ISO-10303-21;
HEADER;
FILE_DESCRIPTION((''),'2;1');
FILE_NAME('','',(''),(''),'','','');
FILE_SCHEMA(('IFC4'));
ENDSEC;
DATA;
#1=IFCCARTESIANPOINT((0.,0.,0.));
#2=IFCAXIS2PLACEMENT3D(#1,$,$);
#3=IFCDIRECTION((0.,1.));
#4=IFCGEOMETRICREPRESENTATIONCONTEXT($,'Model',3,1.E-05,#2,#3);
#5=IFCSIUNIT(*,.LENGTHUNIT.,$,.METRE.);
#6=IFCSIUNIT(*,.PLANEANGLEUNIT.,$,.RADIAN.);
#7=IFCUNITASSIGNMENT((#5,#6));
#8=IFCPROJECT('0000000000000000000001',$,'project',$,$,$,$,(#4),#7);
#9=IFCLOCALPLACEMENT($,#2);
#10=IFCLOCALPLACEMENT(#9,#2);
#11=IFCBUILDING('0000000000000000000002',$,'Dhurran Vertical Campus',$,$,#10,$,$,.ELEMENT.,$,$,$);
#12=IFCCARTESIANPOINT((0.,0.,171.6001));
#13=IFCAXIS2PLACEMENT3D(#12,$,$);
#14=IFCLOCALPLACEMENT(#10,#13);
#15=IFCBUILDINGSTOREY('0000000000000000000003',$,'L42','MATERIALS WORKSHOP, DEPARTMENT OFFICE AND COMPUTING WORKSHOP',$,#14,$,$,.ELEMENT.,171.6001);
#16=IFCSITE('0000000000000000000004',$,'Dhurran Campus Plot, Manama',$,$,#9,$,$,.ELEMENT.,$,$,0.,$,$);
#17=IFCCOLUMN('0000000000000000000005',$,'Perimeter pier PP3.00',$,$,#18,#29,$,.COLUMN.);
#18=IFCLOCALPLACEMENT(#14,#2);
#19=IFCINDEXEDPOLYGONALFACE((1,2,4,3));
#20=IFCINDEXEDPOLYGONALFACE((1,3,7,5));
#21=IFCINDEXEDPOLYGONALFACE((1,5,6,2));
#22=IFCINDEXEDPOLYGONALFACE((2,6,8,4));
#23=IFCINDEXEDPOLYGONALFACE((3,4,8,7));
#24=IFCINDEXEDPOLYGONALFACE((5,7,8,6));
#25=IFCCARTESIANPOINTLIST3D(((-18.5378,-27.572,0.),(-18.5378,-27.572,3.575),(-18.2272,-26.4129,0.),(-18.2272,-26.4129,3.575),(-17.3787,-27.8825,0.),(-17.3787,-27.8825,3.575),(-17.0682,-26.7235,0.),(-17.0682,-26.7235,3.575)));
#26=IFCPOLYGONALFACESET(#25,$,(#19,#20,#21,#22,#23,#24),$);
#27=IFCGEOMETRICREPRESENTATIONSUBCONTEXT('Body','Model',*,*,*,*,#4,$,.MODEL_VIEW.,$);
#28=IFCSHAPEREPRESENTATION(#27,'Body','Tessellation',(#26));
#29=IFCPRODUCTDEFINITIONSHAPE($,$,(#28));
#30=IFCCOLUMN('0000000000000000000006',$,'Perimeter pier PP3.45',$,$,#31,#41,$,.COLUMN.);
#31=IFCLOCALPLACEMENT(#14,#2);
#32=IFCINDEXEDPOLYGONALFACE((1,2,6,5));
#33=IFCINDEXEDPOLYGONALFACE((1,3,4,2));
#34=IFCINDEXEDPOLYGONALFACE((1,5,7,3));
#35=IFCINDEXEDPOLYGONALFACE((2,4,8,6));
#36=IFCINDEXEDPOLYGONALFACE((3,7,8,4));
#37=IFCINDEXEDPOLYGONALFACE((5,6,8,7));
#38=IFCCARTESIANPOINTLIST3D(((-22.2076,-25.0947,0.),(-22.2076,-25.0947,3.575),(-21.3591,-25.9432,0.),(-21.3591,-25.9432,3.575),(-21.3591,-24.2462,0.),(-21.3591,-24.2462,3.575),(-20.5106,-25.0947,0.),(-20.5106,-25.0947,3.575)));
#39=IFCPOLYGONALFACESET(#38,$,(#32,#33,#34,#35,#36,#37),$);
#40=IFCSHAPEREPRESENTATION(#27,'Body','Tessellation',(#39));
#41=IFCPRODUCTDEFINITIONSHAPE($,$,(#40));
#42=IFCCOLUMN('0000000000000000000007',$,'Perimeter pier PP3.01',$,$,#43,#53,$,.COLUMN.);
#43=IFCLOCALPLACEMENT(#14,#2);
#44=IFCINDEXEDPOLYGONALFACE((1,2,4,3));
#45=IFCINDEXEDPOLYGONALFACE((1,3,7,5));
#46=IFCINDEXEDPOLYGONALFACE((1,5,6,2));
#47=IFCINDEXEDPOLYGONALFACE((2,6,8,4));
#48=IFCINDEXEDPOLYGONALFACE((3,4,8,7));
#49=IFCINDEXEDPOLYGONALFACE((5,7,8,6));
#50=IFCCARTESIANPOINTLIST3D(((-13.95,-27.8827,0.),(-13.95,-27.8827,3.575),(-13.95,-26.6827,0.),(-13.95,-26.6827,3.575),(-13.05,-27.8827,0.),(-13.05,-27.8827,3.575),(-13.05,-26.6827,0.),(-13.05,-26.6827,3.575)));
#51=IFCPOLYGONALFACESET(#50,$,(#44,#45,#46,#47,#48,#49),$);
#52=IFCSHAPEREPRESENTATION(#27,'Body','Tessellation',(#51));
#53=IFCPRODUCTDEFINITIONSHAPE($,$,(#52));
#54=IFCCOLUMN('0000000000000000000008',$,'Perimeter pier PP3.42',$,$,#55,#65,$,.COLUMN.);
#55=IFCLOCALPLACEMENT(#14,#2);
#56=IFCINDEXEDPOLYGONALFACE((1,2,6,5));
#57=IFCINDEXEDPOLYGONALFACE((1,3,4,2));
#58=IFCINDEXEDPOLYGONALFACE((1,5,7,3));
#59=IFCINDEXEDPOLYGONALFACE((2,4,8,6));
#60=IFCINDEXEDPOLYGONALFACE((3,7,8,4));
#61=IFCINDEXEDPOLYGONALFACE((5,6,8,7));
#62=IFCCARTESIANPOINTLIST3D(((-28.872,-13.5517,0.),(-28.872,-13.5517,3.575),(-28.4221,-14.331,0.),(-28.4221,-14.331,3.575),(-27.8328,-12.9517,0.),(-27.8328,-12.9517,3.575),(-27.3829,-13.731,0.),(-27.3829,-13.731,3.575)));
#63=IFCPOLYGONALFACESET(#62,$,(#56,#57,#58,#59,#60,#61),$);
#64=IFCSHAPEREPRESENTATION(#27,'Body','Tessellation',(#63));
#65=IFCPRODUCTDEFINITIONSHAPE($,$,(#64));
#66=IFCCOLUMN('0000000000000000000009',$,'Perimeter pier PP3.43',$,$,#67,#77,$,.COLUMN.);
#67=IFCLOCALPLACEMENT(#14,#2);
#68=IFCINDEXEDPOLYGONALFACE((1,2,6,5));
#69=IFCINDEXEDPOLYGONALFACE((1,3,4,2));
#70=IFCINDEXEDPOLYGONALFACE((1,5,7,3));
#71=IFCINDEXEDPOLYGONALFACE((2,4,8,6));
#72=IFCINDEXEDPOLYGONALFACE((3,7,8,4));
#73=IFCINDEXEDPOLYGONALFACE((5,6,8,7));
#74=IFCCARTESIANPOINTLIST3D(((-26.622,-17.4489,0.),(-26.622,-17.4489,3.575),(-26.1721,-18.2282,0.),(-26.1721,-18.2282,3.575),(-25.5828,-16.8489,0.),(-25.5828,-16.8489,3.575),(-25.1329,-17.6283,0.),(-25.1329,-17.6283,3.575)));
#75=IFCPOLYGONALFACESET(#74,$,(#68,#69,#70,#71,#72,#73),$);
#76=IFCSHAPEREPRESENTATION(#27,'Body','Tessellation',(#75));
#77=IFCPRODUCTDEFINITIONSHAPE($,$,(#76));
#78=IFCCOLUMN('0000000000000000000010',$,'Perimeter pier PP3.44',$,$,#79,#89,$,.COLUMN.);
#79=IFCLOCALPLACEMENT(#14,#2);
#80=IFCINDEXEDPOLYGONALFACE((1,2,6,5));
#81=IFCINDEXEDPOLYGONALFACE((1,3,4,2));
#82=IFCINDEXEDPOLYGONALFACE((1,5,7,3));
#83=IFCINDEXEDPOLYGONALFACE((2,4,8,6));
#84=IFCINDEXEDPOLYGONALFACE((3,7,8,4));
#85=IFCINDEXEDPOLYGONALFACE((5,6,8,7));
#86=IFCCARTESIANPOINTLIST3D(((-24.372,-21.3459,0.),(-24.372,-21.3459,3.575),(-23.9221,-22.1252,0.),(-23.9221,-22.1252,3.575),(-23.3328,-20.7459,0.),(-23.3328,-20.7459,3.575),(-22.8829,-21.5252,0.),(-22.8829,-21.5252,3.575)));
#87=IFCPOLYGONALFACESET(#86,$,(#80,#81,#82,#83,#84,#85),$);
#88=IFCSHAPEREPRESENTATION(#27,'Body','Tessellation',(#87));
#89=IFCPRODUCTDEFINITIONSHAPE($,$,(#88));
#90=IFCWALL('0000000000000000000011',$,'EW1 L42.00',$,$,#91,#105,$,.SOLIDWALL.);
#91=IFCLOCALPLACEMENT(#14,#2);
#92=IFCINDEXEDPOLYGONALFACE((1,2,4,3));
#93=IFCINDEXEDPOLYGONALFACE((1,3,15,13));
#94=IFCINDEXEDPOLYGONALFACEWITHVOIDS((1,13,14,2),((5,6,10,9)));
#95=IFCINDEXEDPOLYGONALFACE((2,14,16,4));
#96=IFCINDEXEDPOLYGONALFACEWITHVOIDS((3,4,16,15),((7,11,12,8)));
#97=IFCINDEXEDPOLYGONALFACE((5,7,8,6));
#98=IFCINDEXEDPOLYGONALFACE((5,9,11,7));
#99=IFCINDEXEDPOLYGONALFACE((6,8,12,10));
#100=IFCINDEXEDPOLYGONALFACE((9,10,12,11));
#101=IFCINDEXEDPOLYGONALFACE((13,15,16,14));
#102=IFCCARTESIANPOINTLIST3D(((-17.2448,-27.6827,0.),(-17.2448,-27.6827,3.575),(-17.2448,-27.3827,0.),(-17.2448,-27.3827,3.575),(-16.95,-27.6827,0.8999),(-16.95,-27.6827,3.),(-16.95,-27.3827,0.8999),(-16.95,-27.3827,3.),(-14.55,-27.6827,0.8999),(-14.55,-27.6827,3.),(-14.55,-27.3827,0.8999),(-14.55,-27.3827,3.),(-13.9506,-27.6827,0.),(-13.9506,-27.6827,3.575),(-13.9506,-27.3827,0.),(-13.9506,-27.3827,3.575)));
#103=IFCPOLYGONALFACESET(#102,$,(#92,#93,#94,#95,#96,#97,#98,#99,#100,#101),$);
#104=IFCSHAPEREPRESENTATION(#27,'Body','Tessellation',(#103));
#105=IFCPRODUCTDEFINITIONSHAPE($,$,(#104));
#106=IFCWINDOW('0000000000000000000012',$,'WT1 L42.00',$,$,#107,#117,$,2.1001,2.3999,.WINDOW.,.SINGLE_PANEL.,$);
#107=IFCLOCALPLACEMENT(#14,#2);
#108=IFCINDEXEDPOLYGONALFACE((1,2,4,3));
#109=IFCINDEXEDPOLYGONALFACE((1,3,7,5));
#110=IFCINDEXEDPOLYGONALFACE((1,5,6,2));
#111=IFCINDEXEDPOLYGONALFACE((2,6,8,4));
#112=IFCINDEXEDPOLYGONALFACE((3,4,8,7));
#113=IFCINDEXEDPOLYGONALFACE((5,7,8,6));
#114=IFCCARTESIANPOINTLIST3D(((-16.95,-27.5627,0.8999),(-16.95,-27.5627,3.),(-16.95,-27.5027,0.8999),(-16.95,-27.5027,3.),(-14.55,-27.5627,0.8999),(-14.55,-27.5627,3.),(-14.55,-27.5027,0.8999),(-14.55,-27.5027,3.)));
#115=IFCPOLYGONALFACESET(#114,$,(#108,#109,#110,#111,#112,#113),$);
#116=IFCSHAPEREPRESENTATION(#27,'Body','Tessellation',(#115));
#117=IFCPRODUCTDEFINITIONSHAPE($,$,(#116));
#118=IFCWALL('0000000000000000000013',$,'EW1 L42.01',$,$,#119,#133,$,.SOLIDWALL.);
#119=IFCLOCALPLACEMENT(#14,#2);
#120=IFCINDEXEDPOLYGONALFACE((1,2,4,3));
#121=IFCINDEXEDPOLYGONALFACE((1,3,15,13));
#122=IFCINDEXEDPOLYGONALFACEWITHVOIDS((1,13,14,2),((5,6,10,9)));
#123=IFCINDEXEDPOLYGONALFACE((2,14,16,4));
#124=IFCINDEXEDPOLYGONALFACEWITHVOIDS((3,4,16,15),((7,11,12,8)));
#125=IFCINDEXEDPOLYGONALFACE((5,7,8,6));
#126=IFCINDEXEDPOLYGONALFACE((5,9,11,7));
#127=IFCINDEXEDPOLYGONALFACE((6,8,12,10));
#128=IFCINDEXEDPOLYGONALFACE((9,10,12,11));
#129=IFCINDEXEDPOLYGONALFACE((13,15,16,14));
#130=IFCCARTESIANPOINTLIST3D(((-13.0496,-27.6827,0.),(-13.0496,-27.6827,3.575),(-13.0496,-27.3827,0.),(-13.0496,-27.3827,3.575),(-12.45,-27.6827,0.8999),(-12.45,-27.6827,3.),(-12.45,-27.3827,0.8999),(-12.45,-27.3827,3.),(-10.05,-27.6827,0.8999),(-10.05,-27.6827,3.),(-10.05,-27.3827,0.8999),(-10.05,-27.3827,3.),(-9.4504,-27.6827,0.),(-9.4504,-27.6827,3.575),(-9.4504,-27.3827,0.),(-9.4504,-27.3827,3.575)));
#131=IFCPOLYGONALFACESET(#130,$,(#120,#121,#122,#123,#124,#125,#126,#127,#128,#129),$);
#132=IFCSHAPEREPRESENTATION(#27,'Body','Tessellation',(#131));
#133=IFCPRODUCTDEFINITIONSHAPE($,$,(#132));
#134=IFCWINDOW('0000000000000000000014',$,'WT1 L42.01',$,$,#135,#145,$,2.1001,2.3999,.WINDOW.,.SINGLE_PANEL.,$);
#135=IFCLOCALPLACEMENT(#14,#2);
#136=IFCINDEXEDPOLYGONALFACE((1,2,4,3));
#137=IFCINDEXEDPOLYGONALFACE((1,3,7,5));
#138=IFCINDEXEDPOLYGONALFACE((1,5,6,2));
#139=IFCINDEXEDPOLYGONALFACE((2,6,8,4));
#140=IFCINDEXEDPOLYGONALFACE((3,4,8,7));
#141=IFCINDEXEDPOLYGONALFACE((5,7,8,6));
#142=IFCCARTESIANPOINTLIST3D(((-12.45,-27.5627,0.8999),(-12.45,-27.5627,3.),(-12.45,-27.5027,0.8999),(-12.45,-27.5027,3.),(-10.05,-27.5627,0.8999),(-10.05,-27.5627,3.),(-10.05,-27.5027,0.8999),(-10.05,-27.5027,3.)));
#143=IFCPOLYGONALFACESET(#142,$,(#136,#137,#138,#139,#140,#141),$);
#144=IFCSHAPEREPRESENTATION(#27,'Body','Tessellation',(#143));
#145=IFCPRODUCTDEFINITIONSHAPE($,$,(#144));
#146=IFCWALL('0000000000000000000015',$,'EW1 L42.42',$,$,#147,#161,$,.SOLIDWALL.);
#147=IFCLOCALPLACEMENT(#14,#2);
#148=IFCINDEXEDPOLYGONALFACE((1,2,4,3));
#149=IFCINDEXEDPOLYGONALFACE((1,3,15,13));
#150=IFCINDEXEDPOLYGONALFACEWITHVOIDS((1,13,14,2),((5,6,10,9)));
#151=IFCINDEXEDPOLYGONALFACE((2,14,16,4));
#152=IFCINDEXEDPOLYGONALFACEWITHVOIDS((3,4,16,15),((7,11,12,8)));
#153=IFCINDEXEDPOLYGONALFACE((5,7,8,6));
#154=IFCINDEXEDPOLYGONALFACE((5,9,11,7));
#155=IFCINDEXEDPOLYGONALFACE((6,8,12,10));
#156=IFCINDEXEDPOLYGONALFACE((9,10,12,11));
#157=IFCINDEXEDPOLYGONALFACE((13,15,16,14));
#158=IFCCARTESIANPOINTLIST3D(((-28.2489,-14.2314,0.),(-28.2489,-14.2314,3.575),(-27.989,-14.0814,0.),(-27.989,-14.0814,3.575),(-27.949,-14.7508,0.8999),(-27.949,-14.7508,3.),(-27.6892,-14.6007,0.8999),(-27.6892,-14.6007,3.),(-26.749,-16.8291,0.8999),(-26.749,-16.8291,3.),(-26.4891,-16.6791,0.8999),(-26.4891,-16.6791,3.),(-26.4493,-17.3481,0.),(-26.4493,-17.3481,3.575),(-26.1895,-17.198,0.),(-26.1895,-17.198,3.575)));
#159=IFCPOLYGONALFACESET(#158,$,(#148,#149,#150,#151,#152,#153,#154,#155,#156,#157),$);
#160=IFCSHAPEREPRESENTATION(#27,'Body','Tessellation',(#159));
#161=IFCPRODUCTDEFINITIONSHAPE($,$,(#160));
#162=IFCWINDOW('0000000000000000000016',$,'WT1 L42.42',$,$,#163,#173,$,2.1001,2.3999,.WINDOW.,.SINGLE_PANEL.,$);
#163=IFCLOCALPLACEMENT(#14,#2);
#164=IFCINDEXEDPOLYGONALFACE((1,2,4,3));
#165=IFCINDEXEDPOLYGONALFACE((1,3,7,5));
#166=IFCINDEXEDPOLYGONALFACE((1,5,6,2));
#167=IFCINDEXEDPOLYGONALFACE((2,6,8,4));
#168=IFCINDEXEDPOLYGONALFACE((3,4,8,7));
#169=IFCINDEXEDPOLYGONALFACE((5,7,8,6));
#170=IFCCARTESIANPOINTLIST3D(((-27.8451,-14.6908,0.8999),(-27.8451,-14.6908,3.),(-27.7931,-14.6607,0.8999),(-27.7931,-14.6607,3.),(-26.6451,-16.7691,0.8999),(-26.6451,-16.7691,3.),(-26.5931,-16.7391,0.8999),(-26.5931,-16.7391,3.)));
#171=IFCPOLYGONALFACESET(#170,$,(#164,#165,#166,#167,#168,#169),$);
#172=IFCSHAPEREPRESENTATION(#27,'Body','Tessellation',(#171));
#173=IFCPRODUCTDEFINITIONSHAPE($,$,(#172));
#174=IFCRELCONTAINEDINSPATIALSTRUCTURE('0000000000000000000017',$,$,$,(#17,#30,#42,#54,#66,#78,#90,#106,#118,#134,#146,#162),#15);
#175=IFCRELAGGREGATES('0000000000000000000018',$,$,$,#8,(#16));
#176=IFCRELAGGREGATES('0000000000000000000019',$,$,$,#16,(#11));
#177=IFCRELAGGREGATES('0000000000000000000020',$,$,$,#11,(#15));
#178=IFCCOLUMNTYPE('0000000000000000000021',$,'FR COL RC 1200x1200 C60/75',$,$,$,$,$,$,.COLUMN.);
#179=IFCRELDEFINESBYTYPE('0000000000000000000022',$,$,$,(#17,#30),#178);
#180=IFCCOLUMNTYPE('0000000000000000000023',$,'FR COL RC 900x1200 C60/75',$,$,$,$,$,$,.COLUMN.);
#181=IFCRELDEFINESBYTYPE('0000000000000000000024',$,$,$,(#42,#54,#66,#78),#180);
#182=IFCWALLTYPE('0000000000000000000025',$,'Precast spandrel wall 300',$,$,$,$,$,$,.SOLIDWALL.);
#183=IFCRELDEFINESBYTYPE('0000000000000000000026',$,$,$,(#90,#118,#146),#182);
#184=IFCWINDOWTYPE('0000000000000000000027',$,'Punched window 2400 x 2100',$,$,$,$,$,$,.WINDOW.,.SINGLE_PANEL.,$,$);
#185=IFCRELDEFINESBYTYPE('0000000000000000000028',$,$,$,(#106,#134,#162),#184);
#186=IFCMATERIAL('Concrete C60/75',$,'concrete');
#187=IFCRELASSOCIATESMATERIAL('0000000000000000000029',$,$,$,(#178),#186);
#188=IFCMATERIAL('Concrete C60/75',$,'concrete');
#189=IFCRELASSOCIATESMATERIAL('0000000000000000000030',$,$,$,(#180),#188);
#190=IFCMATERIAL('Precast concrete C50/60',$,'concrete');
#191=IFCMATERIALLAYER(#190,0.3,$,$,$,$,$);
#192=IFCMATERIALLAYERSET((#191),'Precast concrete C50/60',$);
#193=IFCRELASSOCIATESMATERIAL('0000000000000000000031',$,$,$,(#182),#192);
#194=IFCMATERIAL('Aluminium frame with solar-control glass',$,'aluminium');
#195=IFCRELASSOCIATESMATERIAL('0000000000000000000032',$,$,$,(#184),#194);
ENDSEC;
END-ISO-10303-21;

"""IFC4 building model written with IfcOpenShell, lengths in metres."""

from ifc_helpers import new_model, si_unit, direction, frame, frame_2d, origin, origin_2d, place, context, subcontext, project, spatial, rectangle, extrude, material, layer, layer_set, material_profile, profile_set, type_object, element, fill, save


model = new_model("IFC4")

# Units and contexts
model_context = context("Model", 3, precision=1e-05, world=origin(), true_north=direction((0.0, 1.0)))
body_context = subcontext(model_context, "Body", "Model", "MODEL_VIEW")
ifc_project = project(units=[si_unit("LENGTHUNIT", "METRE"), si_unit("PLANEANGLEUNIT", "RADIAN")], contexts=[model_context])

# Site, building, storey
site_placement = place(None, origin())
site = spatial("IfcSite", under=ifc_project, at=site_placement, Name="Dhurran Campus Plot, Manama", CompositionType="ELEMENT", RefElevation=0.0)
building_placement = place(site_placement, origin())
building = spatial("IfcBuilding", under=site, at=building_placement, Name="Dhurran Vertical Campus", CompositionType="ELEMENT")
storey_placement = place(building_placement, frame((0.0, 0.0, 171.6001)))
storey = spatial("IfcBuildingStorey", under=building, at=storey_placement, Name="L42", Description="MATERIALS WORKSHOP, DEPARTMENT OFFICE AND COMPUTING WORKSHOP", CompositionType="ELEMENT", Elevation=171.6001)

# Columns
ifc_material_1 = material(Name="Concrete C60/75", Category="concrete")
ifc_material_profile_1 = material_profile(ifc_material_1, rectangle(XDim=1.2, YDim=1.2, at=origin_2d()), Name="RC 1200x1200")
ifc_profile_set_1 = profile_set([ifc_material_profile_1], Name="Concrete C60/75")
column_type_1 = type_object("IfcColumnType", Name="FR COL RC 1200x1200 C60/75", PredefinedType="COLUMN", material=ifc_profile_set_1)
for number, where, z_axis, x_axis, name in (
    (1, (-17.803, -27.1477, 0.0), (0.0, 0.0, 1.0), (0.965926, -0.258819, 0.0), "Perimeter pier PP3.00"),
    (2, (-21.3591, -25.0947, 0.0), (0.0, 0.0, 1.0), (0.707107, -0.707107, 0.0), "Perimeter pier PP3.45"),
):
    element("IfcColumn", number, at=place(storey_placement, frame(where, z_axis=z_axis, x_axis=x_axis)), inside=storey, type_object=column_type_1, Name=name, PredefinedType="COLUMN", context=body_context, shape_type="SweptSolid", body=[
        extrude(rectangle(XDim=1.2, YDim=1.2, at=origin_2d()), origin(), (0.0, 0.0, 1.0), 3.575),
    ])
ifc_material_2 = material(Name="Concrete C60/75", Category="concrete")
ifc_material_profile_2 = material_profile(ifc_material_2, rectangle(XDim=0.8999, YDim=1.2, at=origin_2d()), Name="RC 900x1200")
ifc_profile_set_2 = profile_set([ifc_material_profile_2], Name="Concrete C60/75")
column_type_2 = type_object("IfcColumnType", Name="FR COL RC 900x1200 C60/75", PredefinedType="COLUMN", material=ifc_profile_set_2)
for number, where, z_axis, x_axis, name in (
    (3, (-13.5, -27.2827, 0.0), (0.0, 0.0, 1.0), (1.0, 0.0, 0.0), "Perimeter pier PP3.01"),
    (4, (-28.1274, -13.6414, 0.0), (0.0, 0.0, 1.0), (0.5, -0.866025, 0.0), "Perimeter pier PP3.42"),
    (5, (-25.8774, -17.5386, 0.0), (0.0, 0.0, 1.0), (0.5, -0.866025, 0.0), "Perimeter pier PP3.43"),
    (6, (-23.6274, -21.4355, 0.0), (0.0, 0.0, 1.0), (0.5, -0.866025, 0.0), "Perimeter pier PP3.44"),
):
    element("IfcColumn", number, at=place(storey_placement, frame(where, z_axis=z_axis, x_axis=x_axis)), inside=storey, type_object=column_type_2, Name=name, PredefinedType="COLUMN", context=body_context, shape_type="SweptSolid", body=[
        extrude(rectangle(XDim=0.8999, YDim=1.2, at=origin_2d()), origin(), (0.0, 0.0, 1.0), 3.575),
    ])

# Walls, openings, windows
ifc_material_3 = material(Name="Precast concrete C50/60", Category="concrete")
ifc_layer_1 = layer(ifc_material_3, 0.3)
ifc_layer_set_1 = layer_set([ifc_layer_1], Name="Precast concrete C50/60")
wall_type_1 = type_object("IfcWallType", Name="Precast spandrel wall 300", PredefinedType="SOLIDWALL", material=ifc_layer_set_1)
wall_1_placement = place(storey_placement, frame((-17.2446, -27.5327, 0.0), z_axis=(0.0, 0.0, 1.0), x_axis=(1.0, 0.0, 0.0)))
wall_1 = element("IfcWall", 7, at=wall_1_placement, inside=storey, type_object=wall_type_1, Name="EW1 L42.00", PredefinedType="SOLIDWALL", context=body_context, shape_type="SweptSolid", body=[
    extrude(rectangle(XDim=3.2942, YDim=0.3, at=frame_2d((1.647, 0.0))), origin(), (0.0, 0.0, 1.0), 3.575),
])
opening_1_placement = place(wall_1_placement, frame((0.2947, 0.0, 0.8999)))
opening_1 = element("IfcOpeningElement", 8, at=opening_1_placement, cuts=wall_1, PredefinedType="OPENING", context=body_context, shape_type="SweptSolid", body=[
    extrude(rectangle(XDim=2.3999, YDim=2.1001, at=frame_2d((1.2, 1.05))), frame((0.0, 0.1599, 0.0), z_axis=(0.0, -1.0, 0.0), x_axis=(1.0, 0.0, 0.0)), (0.0, 0.0, 1.0), 0.3201),
])
ifc_material_4 = material(Name="Aluminium frame with solar-control glass", Category="aluminium")
window_type = type_object("IfcWindowType", Name="Punched window 2400 x 2100", PartitioningType="SINGLE_PANEL", PredefinedType="WINDOW", material=ifc_material_4)
window_1_placement = place(opening_1_placement, origin())
window_1 = element("IfcWindow", 9, at=window_1_placement, inside=storey, type_object=window_type, Name="WT1 L42.00", OverallHeight=2.1001, OverallWidth=2.3999, PartitioningType="SINGLE_PANEL", PredefinedType="WINDOW", context=body_context, shape_type="SweptSolid", body=[
    extrude(rectangle(XDim=2.3999, YDim=2.1001, at=frame_2d((1.2, 1.05))), frame((0.0, 0.03, 0.0), z_axis=(0.0, -1.0, 0.0), x_axis=(1.0, 0.0, 0.0)), (0.0, 0.0, 1.0), 0.0601),
])
fill(opening_1, window_1)
wall_2_placement = place(storey_placement, frame((-13.0496, -27.5327, 0.0), z_axis=(0.0, 0.0, 1.0), x_axis=(1.0, 0.0, 0.0)))
wall_2 = element("IfcWall", 10, at=wall_2_placement, inside=storey, type_object=wall_type_1, Name="EW1 L42.01", PredefinedType="SOLIDWALL", context=body_context, shape_type="SweptSolid", body=[
    extrude(rectangle(XDim=3.5991, YDim=0.3, at=frame_2d((1.7996, 0.0))), origin(), (0.0, 0.0, 1.0), 3.575),
])
opening_2_placement = place(wall_2_placement, frame((0.5996, 0.0, 0.8999)))
opening_2 = element("IfcOpeningElement", 11, at=opening_2_placement, cuts=wall_2, PredefinedType="OPENING", context=body_context, shape_type="SweptSolid", body=[
    extrude(rectangle(XDim=2.3999, YDim=2.1001, at=frame_2d((1.2, 1.05))), frame((0.0, 0.1599, 0.0), z_axis=(0.0, -1.0, 0.0), x_axis=(1.0, 0.0, 0.0)), (0.0, 0.0, 1.0), 0.3201),
])
window_2_placement = place(opening_2_placement, origin())
window_2 = element("IfcWindow", 12, at=window_2_placement, inside=storey, type_object=window_type, Name="WT1 L42.01", OverallHeight=2.1001, OverallWidth=2.3999, PartitioningType="SINGLE_PANEL", PredefinedType="WINDOW", context=body_context, shape_type="SweptSolid", body=[
    extrude(rectangle(XDim=2.3999, YDim=2.1001, at=frame_2d((1.2, 1.05))), frame((0.0, 0.03, 0.0), z_axis=(0.0, -1.0, 0.0), x_axis=(1.0, 0.0, 0.0)), (0.0, 0.0, 1.0), 0.0601),
])
fill(opening_2, window_2)
wall_3_placement = place(storey_placement, frame((-28.1189, -14.1565, 0.0), z_axis=(0.0, 0.0, 1.0), x_axis=(0.500028, -0.866009, 0.0)))
wall_3 = element("IfcWall", 13, at=wall_3_placement, inside=storey, type_object=wall_type_1, Name="EW1 L42.42", PredefinedType="SOLIDWALL", context=body_context, shape_type="SweptSolid", body=[
    extrude(rectangle(XDim=3.5989, YDim=0.3, at=frame_2d((1.7993, 0.0))), origin(), (0.0, 0.0, 1.0), 3.575),
])
opening_3_placement = place(wall_3_placement, frame((0.5996, 0.0, 0.8999)))
opening_3 = element("IfcOpeningElement", 14, at=opening_3_placement, cuts=wall_3, PredefinedType="OPENING", context=body_context, shape_type="SweptSolid", body=[
    extrude(rectangle(XDim=2.3999, YDim=2.1001, at=frame_2d((1.2, 1.05))), frame((0.0, 0.1599, 0.0), z_axis=(0.0, -1.0, 0.0), x_axis=(1.0, 0.0, 0.0)), (0.0, 0.0, 1.0), 0.3201),
])
window_3_placement = place(opening_3_placement, origin())
window_3 = element("IfcWindow", 15, at=window_3_placement, inside=storey, type_object=window_type, Name="WT1 L42.42", OverallHeight=2.1001, OverallWidth=2.3999, PartitioningType="SINGLE_PANEL", PredefinedType="WINDOW", context=body_context, shape_type="SweptSolid", body=[
    extrude(rectangle(XDim=2.3999, YDim=2.1001, at=frame_2d((1.2, 1.05))), frame((0.0, 0.03, 0.0), z_axis=(0.0, -1.0, 0.0), x_axis=(1.0, 0.0, 0.0)), (0.0, 0.0, 1.0), 0.0601),
])
fill(opening_3, window_3)

save(model, "model.ifc")
